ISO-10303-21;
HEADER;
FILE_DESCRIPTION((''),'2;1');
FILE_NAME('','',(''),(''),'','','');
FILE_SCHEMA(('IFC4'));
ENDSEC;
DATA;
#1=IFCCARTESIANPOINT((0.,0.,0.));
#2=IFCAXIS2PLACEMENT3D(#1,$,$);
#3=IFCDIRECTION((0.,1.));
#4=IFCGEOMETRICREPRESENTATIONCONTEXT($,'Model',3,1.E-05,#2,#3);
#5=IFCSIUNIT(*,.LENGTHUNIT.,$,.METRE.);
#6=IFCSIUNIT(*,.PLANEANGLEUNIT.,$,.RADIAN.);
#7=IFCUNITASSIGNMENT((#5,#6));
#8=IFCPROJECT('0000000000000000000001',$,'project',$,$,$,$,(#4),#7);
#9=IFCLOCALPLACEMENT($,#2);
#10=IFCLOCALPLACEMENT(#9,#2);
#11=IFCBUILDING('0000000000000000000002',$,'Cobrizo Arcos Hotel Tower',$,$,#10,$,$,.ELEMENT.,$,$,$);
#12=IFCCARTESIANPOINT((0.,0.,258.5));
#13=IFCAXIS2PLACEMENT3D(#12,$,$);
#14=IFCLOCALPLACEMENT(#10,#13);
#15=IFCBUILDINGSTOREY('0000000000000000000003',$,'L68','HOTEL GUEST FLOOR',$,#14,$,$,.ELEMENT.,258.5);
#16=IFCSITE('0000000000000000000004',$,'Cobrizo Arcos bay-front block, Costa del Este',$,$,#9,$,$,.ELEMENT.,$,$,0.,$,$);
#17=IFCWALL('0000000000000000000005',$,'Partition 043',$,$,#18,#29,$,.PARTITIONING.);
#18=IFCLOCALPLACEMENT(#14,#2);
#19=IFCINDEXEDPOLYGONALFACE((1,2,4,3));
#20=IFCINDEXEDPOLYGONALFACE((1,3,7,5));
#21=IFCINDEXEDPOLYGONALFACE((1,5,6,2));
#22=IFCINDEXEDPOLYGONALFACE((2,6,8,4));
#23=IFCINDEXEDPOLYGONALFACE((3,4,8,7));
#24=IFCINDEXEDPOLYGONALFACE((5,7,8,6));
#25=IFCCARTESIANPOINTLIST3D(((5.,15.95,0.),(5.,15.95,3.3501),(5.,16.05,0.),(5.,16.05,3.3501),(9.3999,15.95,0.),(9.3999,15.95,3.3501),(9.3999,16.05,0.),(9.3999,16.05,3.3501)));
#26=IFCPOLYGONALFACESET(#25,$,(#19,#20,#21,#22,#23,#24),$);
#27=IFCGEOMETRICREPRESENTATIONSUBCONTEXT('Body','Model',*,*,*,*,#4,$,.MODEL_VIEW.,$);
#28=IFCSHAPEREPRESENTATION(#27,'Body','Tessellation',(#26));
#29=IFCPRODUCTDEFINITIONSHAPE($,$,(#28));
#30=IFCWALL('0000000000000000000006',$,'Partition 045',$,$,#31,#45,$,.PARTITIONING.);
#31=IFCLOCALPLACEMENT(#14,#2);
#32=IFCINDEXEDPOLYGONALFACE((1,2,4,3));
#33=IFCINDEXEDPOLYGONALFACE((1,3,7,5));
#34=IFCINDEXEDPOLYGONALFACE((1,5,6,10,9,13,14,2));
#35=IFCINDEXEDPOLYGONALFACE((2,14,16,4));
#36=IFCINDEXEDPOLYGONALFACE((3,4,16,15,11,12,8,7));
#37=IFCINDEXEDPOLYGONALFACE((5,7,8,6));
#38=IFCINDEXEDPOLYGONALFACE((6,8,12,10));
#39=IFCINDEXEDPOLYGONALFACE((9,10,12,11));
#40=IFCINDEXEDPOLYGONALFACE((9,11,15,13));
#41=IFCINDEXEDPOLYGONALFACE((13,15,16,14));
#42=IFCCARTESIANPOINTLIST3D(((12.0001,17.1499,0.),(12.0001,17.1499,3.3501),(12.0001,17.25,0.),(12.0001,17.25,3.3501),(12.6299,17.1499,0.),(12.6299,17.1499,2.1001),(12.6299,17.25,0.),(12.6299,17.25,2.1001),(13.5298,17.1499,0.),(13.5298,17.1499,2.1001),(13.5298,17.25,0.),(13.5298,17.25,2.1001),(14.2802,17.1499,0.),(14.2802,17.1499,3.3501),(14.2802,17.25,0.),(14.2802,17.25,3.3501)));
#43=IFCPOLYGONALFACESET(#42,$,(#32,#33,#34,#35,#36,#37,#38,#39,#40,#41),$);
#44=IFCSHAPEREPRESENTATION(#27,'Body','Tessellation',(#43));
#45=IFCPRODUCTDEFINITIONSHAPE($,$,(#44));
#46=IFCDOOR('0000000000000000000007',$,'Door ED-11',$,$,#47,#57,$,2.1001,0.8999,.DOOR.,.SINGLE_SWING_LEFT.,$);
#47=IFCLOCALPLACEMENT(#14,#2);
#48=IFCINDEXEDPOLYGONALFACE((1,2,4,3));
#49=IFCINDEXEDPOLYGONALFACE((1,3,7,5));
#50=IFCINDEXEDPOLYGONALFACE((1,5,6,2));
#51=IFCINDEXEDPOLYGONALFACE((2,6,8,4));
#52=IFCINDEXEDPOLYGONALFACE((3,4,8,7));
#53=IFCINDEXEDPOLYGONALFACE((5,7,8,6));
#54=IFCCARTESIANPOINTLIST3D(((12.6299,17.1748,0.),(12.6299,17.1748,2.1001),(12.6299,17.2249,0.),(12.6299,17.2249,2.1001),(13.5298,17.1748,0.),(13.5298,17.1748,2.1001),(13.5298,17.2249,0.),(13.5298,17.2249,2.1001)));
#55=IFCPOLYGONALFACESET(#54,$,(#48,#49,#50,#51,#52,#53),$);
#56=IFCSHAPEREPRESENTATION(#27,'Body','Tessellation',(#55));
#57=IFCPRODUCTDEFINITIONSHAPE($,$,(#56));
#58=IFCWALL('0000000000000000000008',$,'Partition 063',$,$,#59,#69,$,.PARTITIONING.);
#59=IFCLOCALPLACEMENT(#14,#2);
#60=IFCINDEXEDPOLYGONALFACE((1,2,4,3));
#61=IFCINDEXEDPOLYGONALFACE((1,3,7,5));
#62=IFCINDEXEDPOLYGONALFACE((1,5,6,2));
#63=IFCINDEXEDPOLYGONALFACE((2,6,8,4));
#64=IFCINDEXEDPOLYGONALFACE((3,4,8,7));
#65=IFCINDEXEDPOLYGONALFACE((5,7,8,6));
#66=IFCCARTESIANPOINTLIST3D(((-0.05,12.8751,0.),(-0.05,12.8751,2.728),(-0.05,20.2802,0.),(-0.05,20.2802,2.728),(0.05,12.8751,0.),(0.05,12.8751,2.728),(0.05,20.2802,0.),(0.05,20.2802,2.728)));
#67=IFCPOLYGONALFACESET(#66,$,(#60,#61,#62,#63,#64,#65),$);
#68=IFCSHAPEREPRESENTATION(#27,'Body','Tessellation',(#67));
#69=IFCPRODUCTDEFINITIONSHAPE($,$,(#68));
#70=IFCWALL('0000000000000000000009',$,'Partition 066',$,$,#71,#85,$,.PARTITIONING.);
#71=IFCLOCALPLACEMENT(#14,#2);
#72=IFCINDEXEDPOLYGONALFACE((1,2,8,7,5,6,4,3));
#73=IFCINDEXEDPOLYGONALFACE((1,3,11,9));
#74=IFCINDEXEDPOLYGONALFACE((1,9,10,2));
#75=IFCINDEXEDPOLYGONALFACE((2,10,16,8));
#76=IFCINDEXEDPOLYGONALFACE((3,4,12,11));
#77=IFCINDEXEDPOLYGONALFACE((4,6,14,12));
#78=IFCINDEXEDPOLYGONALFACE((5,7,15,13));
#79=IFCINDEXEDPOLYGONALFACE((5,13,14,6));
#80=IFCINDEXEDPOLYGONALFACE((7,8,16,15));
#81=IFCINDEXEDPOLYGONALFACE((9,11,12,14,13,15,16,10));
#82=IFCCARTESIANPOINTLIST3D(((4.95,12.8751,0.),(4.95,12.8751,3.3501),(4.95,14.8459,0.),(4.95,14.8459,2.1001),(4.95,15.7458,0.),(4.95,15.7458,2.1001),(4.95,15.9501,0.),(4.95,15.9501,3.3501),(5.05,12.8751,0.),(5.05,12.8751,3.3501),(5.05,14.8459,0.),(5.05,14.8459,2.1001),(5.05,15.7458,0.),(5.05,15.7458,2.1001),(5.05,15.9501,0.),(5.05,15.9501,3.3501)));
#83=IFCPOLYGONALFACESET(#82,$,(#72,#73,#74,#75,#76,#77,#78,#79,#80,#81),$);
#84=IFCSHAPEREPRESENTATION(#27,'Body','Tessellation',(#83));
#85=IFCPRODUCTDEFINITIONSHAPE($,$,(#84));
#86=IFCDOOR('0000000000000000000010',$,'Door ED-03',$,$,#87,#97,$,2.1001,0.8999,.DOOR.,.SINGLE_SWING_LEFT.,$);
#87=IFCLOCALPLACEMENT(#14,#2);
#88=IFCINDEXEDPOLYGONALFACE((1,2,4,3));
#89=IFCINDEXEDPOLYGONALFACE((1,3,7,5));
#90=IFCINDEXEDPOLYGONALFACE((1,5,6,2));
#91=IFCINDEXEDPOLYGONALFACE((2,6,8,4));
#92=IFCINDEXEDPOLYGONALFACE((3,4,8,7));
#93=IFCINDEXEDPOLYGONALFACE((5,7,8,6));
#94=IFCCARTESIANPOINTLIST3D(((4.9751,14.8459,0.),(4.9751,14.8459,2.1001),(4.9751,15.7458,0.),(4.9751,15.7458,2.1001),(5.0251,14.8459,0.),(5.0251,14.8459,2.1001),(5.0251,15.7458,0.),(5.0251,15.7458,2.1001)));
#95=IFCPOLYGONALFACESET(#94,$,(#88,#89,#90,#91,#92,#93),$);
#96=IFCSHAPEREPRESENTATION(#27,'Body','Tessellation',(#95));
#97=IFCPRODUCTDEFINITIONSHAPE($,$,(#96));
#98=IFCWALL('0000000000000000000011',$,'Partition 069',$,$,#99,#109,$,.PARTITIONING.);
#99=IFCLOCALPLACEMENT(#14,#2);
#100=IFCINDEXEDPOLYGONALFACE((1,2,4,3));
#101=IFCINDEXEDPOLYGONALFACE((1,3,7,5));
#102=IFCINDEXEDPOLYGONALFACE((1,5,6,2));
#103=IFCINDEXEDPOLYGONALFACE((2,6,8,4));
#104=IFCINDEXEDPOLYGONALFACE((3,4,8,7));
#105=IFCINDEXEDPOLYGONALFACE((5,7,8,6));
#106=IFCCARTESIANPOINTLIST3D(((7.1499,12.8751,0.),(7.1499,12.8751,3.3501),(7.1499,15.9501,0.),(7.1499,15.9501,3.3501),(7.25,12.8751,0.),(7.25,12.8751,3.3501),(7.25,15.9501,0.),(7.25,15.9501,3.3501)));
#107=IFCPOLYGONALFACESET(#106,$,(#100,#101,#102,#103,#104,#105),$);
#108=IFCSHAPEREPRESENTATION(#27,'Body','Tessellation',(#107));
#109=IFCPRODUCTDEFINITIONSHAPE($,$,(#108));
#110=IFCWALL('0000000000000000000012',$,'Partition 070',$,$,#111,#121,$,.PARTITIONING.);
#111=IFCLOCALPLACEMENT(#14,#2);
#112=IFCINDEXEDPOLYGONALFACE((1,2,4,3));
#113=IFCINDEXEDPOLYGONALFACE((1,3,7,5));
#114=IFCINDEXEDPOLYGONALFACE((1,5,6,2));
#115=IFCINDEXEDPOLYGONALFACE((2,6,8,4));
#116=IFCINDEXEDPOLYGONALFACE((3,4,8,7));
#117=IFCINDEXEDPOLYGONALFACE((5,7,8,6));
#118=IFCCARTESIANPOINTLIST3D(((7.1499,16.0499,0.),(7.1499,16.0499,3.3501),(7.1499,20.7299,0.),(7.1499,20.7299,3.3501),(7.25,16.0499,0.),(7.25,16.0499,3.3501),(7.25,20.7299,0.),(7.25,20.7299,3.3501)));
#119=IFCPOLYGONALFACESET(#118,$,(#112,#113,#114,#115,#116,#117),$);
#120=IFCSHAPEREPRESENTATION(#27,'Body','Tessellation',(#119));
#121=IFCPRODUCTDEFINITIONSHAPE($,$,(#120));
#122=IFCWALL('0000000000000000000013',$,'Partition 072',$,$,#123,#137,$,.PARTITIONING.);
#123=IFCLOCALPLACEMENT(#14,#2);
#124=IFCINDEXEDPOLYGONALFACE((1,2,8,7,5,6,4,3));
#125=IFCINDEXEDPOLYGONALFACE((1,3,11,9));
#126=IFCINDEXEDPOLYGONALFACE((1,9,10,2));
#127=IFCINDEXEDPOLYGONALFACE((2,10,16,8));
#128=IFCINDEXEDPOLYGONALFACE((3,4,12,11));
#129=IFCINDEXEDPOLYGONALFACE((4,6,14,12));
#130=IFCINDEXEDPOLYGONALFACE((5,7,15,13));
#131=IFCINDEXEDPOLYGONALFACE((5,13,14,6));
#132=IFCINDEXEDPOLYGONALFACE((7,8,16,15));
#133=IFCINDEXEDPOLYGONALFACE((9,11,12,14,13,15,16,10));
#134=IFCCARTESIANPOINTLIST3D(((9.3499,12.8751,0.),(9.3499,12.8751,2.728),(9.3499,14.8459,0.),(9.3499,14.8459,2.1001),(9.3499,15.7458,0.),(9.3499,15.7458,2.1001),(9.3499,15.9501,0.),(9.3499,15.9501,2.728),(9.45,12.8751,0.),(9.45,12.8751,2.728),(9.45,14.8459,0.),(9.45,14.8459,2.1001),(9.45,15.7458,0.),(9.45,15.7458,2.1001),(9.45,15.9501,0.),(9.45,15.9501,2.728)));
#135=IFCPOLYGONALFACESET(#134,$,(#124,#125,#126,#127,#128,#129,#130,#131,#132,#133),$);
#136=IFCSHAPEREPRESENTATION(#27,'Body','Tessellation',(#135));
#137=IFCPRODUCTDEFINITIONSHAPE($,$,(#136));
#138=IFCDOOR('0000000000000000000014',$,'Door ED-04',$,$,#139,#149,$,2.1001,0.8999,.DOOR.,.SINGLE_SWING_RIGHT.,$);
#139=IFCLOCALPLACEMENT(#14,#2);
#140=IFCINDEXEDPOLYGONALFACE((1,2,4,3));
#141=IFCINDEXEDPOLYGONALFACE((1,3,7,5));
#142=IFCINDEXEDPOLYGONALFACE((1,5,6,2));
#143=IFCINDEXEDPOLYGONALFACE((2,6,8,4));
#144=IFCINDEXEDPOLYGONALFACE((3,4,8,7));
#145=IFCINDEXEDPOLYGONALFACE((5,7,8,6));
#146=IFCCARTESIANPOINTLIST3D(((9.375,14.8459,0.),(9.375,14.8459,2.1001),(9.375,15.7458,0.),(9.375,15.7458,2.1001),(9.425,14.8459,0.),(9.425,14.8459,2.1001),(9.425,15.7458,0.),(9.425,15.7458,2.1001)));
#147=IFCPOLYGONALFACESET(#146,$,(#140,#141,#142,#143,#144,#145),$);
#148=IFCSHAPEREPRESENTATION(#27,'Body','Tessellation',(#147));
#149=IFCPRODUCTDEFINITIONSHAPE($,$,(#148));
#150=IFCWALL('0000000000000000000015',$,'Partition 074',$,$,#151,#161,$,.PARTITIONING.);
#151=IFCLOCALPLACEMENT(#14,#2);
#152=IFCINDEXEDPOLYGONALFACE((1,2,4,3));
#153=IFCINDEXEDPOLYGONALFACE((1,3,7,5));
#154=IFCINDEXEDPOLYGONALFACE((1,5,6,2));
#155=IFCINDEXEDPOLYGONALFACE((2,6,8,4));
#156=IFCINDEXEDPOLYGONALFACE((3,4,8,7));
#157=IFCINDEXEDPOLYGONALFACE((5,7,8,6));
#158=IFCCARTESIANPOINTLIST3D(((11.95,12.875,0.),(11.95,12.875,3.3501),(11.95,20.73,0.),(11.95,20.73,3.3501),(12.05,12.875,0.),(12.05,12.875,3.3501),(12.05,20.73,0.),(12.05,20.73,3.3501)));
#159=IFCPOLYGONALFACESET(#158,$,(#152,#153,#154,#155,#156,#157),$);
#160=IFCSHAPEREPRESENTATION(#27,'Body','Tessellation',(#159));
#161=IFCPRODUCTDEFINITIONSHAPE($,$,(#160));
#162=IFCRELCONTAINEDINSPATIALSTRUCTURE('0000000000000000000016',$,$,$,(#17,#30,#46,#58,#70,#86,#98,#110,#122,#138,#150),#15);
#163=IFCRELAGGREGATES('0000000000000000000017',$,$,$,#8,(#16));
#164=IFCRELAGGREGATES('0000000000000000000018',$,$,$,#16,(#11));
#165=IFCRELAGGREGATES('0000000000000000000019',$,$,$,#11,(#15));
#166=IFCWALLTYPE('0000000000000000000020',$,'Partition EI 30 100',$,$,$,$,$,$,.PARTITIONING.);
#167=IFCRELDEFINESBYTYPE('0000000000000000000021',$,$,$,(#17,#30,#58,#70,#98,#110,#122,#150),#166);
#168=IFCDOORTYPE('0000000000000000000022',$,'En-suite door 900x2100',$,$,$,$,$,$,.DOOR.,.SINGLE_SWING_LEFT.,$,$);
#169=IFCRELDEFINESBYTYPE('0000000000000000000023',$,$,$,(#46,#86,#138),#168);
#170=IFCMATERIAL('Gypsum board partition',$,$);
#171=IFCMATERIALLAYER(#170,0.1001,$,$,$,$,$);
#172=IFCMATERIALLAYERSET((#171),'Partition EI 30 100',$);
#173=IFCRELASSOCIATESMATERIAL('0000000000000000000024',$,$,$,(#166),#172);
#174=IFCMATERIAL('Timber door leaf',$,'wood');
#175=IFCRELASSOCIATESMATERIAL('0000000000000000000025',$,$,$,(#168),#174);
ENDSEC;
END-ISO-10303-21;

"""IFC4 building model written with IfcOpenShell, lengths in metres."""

from ifc_helpers import new_model, si_unit, direction, frame, frame_2d, origin, place, context, subcontext, project, spatial, rectangle, extrude, material, layer, layer_set, type_object, element, fill, save


model = new_model("IFC4")

# Units and contexts
model_context = context("Model", 3, precision=1e-05, world=origin(), true_north=direction((0.0, 1.0)))
body_context = subcontext(model_context, "Body", "Model", "MODEL_VIEW")
ifc_project = project(units=[si_unit("LENGTHUNIT", "METRE"), si_unit("PLANEANGLEUNIT", "RADIAN")], contexts=[model_context])

# Site, building, storey
site_placement = place(None, origin())
site = spatial("IfcSite", under=ifc_project, at=site_placement, Name="Cobrizo Arcos bay-front block, Costa del Este", CompositionType="ELEMENT", RefElevation=0.0)
building_placement = place(site_placement, origin())
building = spatial("IfcBuilding", under=site, at=building_placement, Name="Cobrizo Arcos Hotel Tower", CompositionType="ELEMENT")
storey_placement = place(building_placement, frame((0.0, 0.0, 258.5)))
storey = spatial("IfcBuildingStorey", under=building, at=storey_placement, Name="L68", Description="HOTEL GUEST FLOOR", CompositionType="ELEMENT", Elevation=258.5)

# Wall
ifc_material_1 = material(Name="Gypsum board partition")
ifc_layer_1 = layer(ifc_material_1, 0.1001)
ifc_layer_set_1 = layer_set([ifc_layer_1], Name="Partition EI 30 100")
wall_type = type_object("IfcWallType", Name="Partition EI 30 100", PredefinedType="PARTITIONING", material=ifc_layer_set_1)
wall_1_placement = place(storey_placement, frame((5.0, 16.0, 0.0), z_axis=(0.0, 0.0, 1.0), x_axis=(1.0, 0.0, 0.0)))
element("IfcWall", 1, at=wall_1_placement, inside=storey, type_object=wall_type, Name="Partition 043", PredefinedType="PARTITIONING", context=body_context, shape_type="SweptSolid", body=[
    extrude(rectangle(XDim=4.3999, YDim=0.1001, at=frame_2d((2.2, 0.0))), origin(), (0.0, 0.0, 1.0), 3.3501),
])

# Wall, opening, door
wall_2_placement = place(storey_placement, frame((12.0, 17.2, 0.0), z_axis=(0.0, 0.0, 1.0), x_axis=(1.0, 0.0, 0.0)))
wall_2 = element("IfcWall", 2, at=wall_2_placement, inside=storey, type_object=wall_type, Name="Partition 045", PredefinedType="PARTITIONING", context=body_context, shape_type="SweptSolid", body=[
    extrude(rectangle(XDim=2.28, YDim=0.1001, at=frame_2d((1.1401, 0.0))), origin(), (0.0, 0.0, 1.0), 3.3501),
])
opening_1_placement = place(wall_2_placement, frame((0.6299, 0.0, 0.0)))
opening_1 = element("IfcOpeningElement", 3, at=opening_1_placement, cuts=wall_2, PredefinedType="OPENING", context=body_context, shape_type="SweptSolid", body=[
    extrude(rectangle(XDim=0.8999, YDim=2.1001, at=frame_2d((0.45, 1.05))), frame((0.0, 0.062, 0.0), z_axis=(0.0, -1.0, 0.0), x_axis=(1.0, 0.0, 0.0)), (0.0, 0.0, 1.0), 0.124),
])
ifc_material_2 = material(Name="Timber door leaf", Category="wood")
door_type = type_object("IfcDoorType", Name="En-suite door 900x2100", OperationType="SINGLE_SWING_LEFT", PredefinedType="DOOR", material=ifc_material_2)
door_1_placement = place(opening_1_placement, origin())
door_1 = element("IfcDoor", 4, at=door_1_placement, inside=storey, type_object=door_type, Name="Door ED-11", OperationType="SINGLE_SWING_LEFT", OverallHeight=2.1001, OverallWidth=0.8999, PredefinedType="DOOR", context=body_context, shape_type="SweptSolid", body=[
    extrude(rectangle(XDim=0.8999, YDim=2.1001, at=frame_2d((0.45, 1.05))), frame((0.0, 0.0249, 0.0), z_axis=(0.0, -1.0, 0.0), x_axis=(1.0, 0.0, 0.0)), (0.0, 0.0, 1.0), 0.05),
])
fill(opening_1, door_1)

# Wall
wall_3_placement = place(storey_placement, frame((0.0, 12.875, 0.0), z_axis=(0.0, 0.0, 1.0), x_axis=(0.0, 1.0, 0.0)))
element("IfcWall", 5, at=wall_3_placement, inside=storey, type_object=wall_type, Name="Partition 063", PredefinedType="PARTITIONING", context=body_context, shape_type="SweptSolid", body=[
    extrude(rectangle(XDim=7.405, YDim=0.1001, at=frame_2d((3.7026, 0.0))), origin(), (0.0, 0.0, 1.0), 2.728),
])

# Wall, opening, door
wall_4_placement = place(storey_placement, frame((5.0, 12.875, 0.0), z_axis=(0.0, 0.0, 1.0), x_axis=(0.0, 1.0, 0.0)))
wall_4 = element("IfcWall", 6, at=wall_4_placement, inside=storey, type_object=wall_type, Name="Partition 066", PredefinedType="PARTITIONING", context=body_context, shape_type="SweptSolid", body=[
    extrude(rectangle(XDim=3.075, YDim=0.1001, at=frame_2d((1.5376, 0.0))), origin(), (0.0, 0.0, 1.0), 3.3501),
])
opening_2_placement = place(wall_4_placement, frame((1.9709, 0.0, 0.0)))
opening_2 = element("IfcOpeningElement", 7, at=opening_2_placement, cuts=wall_4, PredefinedType="OPENING", context=body_context, shape_type="SweptSolid", body=[
    extrude(rectangle(XDim=0.8999, YDim=2.1001, at=frame_2d((0.45, 1.05))), frame((0.0, 0.062, 0.0), z_axis=(0.0, -1.0, 0.0), x_axis=(1.0, 0.0, 0.0)), (0.0, 0.0, 1.0), 0.124),
])
door_2_placement = place(opening_2_placement, origin())
door_2 = element("IfcDoor", 8, at=door_2_placement, inside=storey, type_object=door_type, Name="Door ED-03", OperationType="SINGLE_SWING_LEFT", OverallHeight=2.1001, OverallWidth=0.8999, PredefinedType="DOOR", context=body_context, shape_type="SweptSolid", body=[
    extrude(rectangle(XDim=0.8999, YDim=2.1001, at=frame_2d((0.45, 1.05))), frame((0.0, 0.0249, 0.0), z_axis=(0.0, -1.0, 0.0), x_axis=(1.0, 0.0, 0.0)), (0.0, 0.0, 1.0), 0.05),
])
fill(opening_2, door_2)

# Walls
wall_5_placement = place(storey_placement, frame((7.2, 12.875, 0.0), z_axis=(0.0, 0.0, 1.0), x_axis=(0.0, 1.0, 0.0)))
element("IfcWall", 9, at=wall_5_placement, inside=storey, type_object=wall_type, Name="Partition 069", PredefinedType="PARTITIONING", context=body_context, shape_type="SweptSolid", body=[
    extrude(rectangle(XDim=3.075, YDim=0.1001, at=frame_2d((1.5376, 0.0))), origin(), (0.0, 0.0, 1.0), 3.3501),
])
wall_6_placement = place(storey_placement, frame((7.2, 16.05, 0.0), z_axis=(0.0, 0.0, 1.0), x_axis=(0.0, 1.0, 0.0)))
element("IfcWall", 10, at=wall_6_placement, inside=storey, type_object=wall_type, Name="Partition 070", PredefinedType="PARTITIONING", context=body_context, shape_type="SweptSolid", body=[
    extrude(rectangle(XDim=4.6799, YDim=0.1001, at=frame_2d((2.3398, 0.0))), origin(), (0.0, 0.0, 1.0), 3.3501),
])

# Wall, opening, door
wall_7_placement = place(storey_placement, frame((9.3999, 12.875, 0.0), z_axis=(0.0, 0.0, 1.0), x_axis=(0.0, 1.0, 0.0)))
wall_7 = element("IfcWall", 11, at=wall_7_placement, inside=storey, type_object=wall_type, Name="Partition 072", PredefinedType="PARTITIONING", context=body_context, shape_type="SweptSolid", body=[
    extrude(rectangle(XDim=3.075, YDim=0.1001, at=frame_2d((1.5376, 0.0))), origin(), (0.0, 0.0, 1.0), 2.728),
])
opening_3_placement = place(wall_7_placement, frame((1.9709, 0.0, 0.0)))
opening_3 = element("IfcOpeningElement", 12, at=opening_3_placement, cuts=wall_7, PredefinedType="OPENING", context=body_context, shape_type="SweptSolid", body=[
    extrude(rectangle(XDim=0.8999, YDim=2.1001, at=frame_2d((0.45, 1.05))), frame((0.0, 0.062, 0.0), z_axis=(0.0, -1.0, 0.0), x_axis=(1.0, 0.0, 0.0)), (0.0, 0.0, 1.0), 0.124),
])
door_3_placement = place(opening_3_placement, origin())
door_3 = element("IfcDoor", 13, at=door_3_placement, inside=storey, type_object=door_type, Name="Door ED-04", OperationType="SINGLE_SWING_RIGHT", OverallHeight=2.1001, OverallWidth=0.8999, PredefinedType="DOOR", context=body_context, shape_type="SweptSolid", body=[
    extrude(rectangle(XDim=0.8999, YDim=2.1001, at=frame_2d((0.45, 1.05))), frame((0.0, 0.0249, 0.0), z_axis=(0.0, -1.0, 0.0), x_axis=(1.0, 0.0, 0.0)), (0.0, 0.0, 1.0), 0.05),
])
fill(opening_3, door_3)

# Wall
wall_8_placement = place(storey_placement, frame((12.0, 12.875, 0.0), z_axis=(0.0, 0.0, 1.0), x_axis=(0.0, 1.0, 0.0)))
element("IfcWall", 14, at=wall_8_placement, inside=storey, type_object=wall_type, Name="Partition 074", PredefinedType="PARTITIONING", context=body_context, shape_type="SweptSolid", body=[
    extrude(rectangle(XDim=7.855, YDim=0.1001, at=frame_2d((3.9275, 0.0))), origin(), (0.0, 0.0, 1.0), 3.3501),
])

save(model, "model.ifc")
